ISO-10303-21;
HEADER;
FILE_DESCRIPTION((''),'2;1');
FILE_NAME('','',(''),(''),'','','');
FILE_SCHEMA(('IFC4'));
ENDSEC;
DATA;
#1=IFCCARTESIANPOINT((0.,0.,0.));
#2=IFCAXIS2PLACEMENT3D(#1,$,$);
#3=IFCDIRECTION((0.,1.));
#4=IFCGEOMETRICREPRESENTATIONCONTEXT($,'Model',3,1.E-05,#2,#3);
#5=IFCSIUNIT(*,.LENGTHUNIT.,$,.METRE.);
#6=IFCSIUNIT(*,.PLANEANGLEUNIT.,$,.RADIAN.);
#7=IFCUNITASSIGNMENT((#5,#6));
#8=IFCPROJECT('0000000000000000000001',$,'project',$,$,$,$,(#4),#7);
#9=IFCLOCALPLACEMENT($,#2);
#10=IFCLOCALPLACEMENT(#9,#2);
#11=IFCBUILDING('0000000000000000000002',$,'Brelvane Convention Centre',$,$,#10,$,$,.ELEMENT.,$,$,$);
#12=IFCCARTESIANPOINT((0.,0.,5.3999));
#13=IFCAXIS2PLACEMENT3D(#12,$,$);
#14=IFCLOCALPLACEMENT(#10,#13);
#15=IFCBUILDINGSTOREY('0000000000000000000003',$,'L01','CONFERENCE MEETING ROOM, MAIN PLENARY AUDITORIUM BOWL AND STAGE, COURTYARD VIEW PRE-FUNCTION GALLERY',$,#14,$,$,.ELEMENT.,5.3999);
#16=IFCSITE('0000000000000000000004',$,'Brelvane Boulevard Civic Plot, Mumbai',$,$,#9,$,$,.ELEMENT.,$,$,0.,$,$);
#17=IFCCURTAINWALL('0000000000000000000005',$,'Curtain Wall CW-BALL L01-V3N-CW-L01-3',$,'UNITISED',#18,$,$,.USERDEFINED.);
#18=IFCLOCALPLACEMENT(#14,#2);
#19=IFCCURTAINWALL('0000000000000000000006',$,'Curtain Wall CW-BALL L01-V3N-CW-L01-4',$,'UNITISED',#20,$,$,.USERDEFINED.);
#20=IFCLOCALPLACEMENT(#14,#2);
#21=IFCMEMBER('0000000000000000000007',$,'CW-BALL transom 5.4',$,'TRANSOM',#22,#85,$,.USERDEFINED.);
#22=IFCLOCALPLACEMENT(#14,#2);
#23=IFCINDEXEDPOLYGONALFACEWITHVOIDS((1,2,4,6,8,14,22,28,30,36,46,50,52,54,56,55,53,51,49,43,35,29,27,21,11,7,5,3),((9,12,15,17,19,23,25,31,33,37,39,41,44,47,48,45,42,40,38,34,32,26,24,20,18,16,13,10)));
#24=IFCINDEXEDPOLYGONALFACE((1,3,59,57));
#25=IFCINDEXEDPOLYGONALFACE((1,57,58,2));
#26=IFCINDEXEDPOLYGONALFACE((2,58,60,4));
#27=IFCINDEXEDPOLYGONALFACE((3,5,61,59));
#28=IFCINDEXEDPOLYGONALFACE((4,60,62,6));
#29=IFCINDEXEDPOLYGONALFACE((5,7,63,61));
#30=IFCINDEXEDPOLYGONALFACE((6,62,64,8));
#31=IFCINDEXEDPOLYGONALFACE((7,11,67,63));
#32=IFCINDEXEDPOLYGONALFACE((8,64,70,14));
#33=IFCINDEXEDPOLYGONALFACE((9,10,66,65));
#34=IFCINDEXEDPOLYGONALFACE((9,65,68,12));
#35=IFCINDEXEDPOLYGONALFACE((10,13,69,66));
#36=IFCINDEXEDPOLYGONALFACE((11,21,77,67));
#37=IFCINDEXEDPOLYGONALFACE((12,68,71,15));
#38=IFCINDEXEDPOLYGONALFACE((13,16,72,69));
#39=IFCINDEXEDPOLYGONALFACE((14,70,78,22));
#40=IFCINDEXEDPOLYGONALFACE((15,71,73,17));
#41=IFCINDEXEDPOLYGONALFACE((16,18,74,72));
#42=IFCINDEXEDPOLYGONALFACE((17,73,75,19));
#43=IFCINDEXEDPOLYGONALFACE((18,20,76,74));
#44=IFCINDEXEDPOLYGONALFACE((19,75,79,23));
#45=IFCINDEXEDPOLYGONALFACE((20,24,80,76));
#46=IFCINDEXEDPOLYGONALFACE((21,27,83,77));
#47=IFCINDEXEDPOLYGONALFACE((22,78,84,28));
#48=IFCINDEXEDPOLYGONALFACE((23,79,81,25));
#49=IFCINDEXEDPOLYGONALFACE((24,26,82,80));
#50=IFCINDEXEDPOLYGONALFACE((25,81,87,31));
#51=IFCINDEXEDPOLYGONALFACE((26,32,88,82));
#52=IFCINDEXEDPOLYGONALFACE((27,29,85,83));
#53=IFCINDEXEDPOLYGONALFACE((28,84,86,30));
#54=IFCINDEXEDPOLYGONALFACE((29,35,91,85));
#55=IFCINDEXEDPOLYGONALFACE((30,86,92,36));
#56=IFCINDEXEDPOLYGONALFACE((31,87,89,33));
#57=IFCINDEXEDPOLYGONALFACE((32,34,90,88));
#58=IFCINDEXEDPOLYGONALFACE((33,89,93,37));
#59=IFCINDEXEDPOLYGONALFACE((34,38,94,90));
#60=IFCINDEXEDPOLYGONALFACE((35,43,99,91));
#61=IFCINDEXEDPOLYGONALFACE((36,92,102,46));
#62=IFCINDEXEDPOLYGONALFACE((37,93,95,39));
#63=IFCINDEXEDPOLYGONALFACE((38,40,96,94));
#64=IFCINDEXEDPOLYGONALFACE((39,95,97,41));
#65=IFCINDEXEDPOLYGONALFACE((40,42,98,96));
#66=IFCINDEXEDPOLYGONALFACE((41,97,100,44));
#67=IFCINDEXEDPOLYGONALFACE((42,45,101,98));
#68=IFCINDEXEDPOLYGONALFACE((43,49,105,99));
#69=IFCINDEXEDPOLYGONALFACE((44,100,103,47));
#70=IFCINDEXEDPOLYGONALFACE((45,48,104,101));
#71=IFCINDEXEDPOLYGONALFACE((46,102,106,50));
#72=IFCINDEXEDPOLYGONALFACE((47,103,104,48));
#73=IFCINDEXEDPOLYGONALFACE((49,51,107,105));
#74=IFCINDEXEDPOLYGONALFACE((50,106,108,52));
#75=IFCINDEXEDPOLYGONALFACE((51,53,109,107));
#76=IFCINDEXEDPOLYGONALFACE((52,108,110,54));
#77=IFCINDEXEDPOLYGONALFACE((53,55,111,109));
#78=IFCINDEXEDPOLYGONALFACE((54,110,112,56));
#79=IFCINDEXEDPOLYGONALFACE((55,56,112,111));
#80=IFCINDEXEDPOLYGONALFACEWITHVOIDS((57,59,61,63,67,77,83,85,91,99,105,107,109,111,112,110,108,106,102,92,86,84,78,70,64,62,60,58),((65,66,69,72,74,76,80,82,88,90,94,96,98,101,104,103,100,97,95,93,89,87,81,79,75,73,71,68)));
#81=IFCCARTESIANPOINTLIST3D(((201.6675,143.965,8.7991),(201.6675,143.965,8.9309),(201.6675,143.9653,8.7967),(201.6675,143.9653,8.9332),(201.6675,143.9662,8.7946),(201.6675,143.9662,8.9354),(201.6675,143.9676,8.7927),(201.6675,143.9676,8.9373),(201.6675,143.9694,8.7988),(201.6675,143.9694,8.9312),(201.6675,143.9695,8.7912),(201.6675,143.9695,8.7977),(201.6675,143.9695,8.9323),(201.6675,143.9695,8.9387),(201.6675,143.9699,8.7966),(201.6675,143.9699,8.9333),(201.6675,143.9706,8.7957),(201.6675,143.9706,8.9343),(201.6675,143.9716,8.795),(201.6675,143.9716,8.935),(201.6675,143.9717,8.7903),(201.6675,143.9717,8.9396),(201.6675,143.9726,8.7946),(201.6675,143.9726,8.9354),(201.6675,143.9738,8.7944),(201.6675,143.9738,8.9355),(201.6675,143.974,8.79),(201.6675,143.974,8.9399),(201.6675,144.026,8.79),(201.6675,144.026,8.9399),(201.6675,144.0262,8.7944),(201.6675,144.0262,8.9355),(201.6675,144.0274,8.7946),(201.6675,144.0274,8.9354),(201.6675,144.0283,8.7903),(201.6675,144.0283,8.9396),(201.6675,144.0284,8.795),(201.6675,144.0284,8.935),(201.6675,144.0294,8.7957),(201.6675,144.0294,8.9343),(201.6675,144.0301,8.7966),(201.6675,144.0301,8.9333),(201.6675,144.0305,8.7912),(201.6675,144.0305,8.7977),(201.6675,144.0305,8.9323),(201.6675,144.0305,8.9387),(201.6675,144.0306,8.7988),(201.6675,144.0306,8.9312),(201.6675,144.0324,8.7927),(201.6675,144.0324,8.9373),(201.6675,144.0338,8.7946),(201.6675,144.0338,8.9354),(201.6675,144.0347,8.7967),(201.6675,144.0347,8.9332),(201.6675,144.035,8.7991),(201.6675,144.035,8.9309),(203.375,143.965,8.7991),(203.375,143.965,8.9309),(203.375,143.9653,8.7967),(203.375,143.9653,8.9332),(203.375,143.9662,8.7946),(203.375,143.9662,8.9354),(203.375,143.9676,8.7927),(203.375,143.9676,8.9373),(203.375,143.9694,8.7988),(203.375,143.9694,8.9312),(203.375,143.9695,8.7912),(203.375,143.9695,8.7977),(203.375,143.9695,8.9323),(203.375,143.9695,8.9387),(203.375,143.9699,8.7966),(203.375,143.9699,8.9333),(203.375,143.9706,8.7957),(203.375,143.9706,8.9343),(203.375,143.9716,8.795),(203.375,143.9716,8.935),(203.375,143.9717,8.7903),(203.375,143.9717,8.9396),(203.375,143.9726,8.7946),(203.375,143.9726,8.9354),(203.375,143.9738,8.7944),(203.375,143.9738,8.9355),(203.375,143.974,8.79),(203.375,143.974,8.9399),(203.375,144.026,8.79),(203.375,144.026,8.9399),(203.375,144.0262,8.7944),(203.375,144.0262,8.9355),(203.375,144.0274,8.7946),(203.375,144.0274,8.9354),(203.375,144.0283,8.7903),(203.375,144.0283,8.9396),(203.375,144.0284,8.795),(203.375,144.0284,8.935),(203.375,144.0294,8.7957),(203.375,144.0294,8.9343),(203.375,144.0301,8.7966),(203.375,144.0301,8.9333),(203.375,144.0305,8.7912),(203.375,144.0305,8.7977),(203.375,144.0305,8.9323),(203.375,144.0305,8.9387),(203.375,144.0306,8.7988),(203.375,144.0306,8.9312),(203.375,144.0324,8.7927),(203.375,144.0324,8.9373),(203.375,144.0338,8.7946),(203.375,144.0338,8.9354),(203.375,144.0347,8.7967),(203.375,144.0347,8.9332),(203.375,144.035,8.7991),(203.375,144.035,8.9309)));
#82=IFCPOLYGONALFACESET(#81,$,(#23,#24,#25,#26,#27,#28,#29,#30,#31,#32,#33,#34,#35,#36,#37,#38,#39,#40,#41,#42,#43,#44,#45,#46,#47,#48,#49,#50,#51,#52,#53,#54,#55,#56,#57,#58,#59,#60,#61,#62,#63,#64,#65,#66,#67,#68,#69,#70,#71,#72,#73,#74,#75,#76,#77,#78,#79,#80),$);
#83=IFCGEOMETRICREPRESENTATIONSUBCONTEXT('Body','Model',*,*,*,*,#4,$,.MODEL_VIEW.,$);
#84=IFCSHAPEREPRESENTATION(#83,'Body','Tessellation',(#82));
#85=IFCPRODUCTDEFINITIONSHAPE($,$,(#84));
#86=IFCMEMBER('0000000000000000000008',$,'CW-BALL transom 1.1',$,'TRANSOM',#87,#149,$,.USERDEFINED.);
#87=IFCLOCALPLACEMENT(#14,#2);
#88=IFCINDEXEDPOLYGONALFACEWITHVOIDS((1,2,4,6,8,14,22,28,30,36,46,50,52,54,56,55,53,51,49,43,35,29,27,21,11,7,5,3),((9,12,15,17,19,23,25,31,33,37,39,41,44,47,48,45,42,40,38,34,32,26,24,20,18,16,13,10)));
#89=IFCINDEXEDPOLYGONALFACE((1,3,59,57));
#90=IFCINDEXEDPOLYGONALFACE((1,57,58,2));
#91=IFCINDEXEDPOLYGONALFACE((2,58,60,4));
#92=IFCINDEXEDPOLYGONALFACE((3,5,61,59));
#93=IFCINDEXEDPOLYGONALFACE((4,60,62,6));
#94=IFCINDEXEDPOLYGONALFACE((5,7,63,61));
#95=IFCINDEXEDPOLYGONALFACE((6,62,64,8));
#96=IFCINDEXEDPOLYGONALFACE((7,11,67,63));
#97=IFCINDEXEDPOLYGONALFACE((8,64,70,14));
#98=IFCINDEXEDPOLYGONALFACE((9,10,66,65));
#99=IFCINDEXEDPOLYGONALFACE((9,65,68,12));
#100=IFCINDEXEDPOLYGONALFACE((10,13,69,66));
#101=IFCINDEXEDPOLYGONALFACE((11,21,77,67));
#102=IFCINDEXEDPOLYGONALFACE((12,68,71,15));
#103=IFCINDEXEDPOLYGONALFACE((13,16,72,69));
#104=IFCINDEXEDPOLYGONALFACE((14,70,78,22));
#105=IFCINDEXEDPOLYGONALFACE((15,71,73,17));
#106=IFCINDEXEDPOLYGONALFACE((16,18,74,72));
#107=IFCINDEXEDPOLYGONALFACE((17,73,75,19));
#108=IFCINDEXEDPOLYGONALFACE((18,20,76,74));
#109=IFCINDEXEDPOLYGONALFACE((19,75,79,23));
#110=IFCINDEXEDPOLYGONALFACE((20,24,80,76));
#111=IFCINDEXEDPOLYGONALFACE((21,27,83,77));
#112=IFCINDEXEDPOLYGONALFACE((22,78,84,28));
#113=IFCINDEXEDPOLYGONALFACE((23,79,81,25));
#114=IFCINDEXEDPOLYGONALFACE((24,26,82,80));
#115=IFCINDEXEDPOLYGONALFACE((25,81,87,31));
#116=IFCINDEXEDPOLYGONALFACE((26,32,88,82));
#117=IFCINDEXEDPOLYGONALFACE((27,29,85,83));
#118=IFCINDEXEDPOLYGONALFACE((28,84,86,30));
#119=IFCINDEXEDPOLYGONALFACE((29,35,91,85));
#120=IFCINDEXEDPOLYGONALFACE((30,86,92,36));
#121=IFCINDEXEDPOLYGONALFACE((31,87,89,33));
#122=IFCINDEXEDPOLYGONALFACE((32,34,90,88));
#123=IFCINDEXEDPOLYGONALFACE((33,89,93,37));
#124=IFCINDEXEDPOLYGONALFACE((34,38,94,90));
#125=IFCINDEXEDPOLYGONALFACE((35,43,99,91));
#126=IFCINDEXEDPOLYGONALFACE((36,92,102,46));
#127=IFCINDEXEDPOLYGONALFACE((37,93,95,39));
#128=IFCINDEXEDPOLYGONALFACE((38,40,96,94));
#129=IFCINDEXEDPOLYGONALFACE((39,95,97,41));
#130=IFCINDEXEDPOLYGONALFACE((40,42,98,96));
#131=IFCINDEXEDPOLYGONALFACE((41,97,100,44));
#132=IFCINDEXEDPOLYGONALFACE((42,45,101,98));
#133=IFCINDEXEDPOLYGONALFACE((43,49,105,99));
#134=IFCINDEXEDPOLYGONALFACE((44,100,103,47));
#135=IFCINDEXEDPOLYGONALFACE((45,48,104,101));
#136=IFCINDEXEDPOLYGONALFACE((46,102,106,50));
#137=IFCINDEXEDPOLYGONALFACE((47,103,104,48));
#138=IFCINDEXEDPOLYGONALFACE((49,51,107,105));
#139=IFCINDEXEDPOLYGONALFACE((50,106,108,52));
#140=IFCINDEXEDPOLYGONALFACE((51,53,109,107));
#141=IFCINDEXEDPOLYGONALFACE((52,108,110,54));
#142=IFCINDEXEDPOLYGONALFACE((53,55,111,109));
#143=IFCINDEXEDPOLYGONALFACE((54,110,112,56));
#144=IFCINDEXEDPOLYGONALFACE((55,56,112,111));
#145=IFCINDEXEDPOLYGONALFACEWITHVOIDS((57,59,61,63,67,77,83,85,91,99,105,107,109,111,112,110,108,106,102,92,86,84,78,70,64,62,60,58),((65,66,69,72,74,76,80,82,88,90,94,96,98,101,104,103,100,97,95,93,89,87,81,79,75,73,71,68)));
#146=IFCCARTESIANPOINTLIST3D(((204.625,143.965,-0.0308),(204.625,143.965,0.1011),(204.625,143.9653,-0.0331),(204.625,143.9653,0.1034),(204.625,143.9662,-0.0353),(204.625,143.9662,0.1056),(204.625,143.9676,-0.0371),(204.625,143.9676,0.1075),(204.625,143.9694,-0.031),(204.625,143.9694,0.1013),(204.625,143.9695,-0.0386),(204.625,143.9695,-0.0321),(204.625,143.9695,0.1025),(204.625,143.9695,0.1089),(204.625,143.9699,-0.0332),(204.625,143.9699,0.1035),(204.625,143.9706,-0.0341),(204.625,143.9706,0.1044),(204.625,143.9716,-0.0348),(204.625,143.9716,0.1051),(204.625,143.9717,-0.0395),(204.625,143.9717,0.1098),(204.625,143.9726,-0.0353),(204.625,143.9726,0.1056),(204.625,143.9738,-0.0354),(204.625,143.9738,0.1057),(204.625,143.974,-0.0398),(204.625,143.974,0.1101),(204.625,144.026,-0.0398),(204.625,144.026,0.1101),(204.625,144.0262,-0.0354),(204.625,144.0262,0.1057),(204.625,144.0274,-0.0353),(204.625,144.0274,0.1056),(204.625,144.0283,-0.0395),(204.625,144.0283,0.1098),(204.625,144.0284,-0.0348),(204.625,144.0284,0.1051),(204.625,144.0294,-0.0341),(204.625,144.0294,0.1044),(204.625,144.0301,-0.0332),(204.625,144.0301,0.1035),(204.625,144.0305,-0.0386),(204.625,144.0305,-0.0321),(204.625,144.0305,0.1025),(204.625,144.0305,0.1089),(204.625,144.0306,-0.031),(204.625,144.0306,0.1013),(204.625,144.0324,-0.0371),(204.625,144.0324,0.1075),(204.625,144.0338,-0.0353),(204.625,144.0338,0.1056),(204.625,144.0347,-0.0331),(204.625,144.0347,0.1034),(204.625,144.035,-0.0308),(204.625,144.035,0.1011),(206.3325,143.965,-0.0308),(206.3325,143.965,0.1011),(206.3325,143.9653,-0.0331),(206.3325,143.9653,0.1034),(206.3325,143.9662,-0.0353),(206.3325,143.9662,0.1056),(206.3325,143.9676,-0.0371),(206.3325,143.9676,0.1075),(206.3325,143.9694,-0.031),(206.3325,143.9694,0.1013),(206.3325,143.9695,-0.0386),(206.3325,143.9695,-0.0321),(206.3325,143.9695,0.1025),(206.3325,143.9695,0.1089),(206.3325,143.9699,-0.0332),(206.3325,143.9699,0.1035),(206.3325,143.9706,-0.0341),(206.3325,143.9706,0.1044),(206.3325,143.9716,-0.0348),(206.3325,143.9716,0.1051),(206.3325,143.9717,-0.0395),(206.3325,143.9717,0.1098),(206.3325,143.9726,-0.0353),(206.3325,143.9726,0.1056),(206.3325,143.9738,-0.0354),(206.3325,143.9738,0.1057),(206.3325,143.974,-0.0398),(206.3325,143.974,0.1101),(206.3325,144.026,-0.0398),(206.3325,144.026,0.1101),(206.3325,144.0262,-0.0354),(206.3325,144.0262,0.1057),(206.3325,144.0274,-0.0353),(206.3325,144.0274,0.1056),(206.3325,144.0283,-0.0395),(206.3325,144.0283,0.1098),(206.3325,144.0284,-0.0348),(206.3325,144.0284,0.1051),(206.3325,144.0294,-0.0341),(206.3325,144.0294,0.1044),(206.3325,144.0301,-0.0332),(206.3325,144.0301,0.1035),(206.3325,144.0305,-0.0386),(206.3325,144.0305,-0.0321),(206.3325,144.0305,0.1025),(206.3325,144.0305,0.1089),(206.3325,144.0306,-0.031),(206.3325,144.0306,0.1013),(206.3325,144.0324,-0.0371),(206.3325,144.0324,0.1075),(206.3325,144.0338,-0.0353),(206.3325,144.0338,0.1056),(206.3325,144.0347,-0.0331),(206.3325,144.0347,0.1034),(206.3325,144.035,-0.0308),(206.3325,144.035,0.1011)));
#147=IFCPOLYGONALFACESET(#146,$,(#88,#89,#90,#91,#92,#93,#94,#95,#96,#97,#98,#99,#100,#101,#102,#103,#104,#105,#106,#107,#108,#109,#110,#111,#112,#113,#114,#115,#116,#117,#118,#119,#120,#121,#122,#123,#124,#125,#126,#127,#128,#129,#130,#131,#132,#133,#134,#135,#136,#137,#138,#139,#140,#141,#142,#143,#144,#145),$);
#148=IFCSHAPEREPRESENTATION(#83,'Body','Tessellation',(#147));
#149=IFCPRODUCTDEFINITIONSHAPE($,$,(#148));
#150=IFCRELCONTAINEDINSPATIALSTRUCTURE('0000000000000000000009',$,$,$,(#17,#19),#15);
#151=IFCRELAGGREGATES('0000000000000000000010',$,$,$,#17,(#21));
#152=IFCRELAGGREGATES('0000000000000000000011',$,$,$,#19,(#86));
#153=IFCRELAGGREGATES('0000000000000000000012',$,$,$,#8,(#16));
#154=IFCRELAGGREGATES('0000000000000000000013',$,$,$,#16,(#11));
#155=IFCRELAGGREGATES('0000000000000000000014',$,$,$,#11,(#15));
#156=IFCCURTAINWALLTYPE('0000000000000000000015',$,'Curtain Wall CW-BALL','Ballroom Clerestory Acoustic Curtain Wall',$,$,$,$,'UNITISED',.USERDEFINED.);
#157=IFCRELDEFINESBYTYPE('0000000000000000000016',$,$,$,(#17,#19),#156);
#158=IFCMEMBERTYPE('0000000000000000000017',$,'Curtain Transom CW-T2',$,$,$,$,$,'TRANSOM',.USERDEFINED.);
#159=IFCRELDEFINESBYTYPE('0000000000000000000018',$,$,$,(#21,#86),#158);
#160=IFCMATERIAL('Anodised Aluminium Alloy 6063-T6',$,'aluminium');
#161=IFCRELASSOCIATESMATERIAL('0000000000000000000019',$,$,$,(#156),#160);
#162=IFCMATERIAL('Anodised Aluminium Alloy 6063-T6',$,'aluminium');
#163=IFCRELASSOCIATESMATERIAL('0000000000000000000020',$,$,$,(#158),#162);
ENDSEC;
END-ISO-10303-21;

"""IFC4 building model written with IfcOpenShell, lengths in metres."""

from ifc_helpers import new_model, si_unit, direction, frame, origin, origin_2d, place, context, subcontext, project, spatial, hollow_rectangle, extrude, material, material_profile, profile_set, type_object, element, aggregate, save


model = new_model("IFC4")

# Units and contexts
model_context = context("Model", 3, precision=1e-05, world=origin(), true_north=direction((0.0, 1.0)))
body_context = subcontext(model_context, "Body", "Model", "MODEL_VIEW")
ifc_project = project(units=[si_unit("LENGTHUNIT", "METRE"), si_unit("PLANEANGLEUNIT", "RADIAN")], contexts=[model_context])

# Site, building, storey
site_placement = place(None, origin())
site = spatial("IfcSite", under=ifc_project, at=site_placement, Name="Brelvane Boulevard Civic Plot, Mumbai", CompositionType="ELEMENT", RefElevation=0.0)
building_placement = place(site_placement, origin())
building = spatial("IfcBuilding", under=site, at=building_placement, Name="Brelvane Convention Centre", CompositionType="ELEMENT")
storey_placement = place(building_placement, frame((0.0, 0.0, 5.3999)))
storey = spatial("IfcBuildingStorey", under=building, at=storey_placement, Name="L01", Description="CONFERENCE MEETING ROOM, MAIN PLENARY AUDITORIUM BOWL AND STAGE, COURTYARD VIEW PRE-FUNCTION GALLERY", CompositionType="ELEMENT", Elevation=5.3999)

# Curtain walls
ifc_material_1 = material(Name="Anodised Aluminium Alloy 6063-T6", Category="aluminium")
curtain_wall_type = type_object("IfcCurtainWallType", Name="Curtain Wall CW-BALL", Description="Ballroom Clerestory Acoustic Curtain Wall", ElementType="UNITISED", PredefinedType="USERDEFINED", material=ifc_material_1)
curtain_wall_1_placement = place(storey_placement, origin())
curtain_wall_1 = element("IfcCurtainWall", 1, at=curtain_wall_1_placement, inside=storey, type_object=curtain_wall_type, Name="Curtain Wall CW-BALL L01-V3N-CW-L01-3", ObjectType="UNITISED", PredefinedType="USERDEFINED")
curtain_wall_2_placement = place(storey_placement, origin())
curtain_wall_2 = element("IfcCurtainWall", 2, at=curtain_wall_2_placement, inside=storey, type_object=curtain_wall_type, Name="Curtain Wall CW-BALL L01-V3N-CW-L01-4", ObjectType="UNITISED", PredefinedType="USERDEFINED")

# Members
ifc_material_2 = material(Name="Anodised Aluminium Alloy 6063-T6", Category="aluminium")
ifc_material_profile_1 = material_profile(ifc_material_2, hollow_rectangle(XDim=0.0701, YDim=0.1499, WallThickness=0.0044, InnerFilletRadius=0.0044, OuterFilletRadius=0.009, at=origin_2d()), Name="ALU-T 150x70x4.5")
ifc_profile_set_1 = profile_set([ifc_material_profile_1], Name="Anodised Aluminium Alloy 6063-T6")
member_type_1 = type_object("IfcMemberType", Name="Curtain Transom CW-T2", ElementType="TRANSOM", PredefinedType="USERDEFINED", material=ifc_profile_set_1)
member_1_placement = place(storey_placement, frame((201.6675, 144.0, 8.865), z_axis=(1.0, 0.0, 0.0), x_axis=(0.0, 1.0, 0.0)))
member_1 = element("IfcMember", 3, at=member_1_placement, type_object=member_type_1, Name="CW-BALL transom 5.4", ObjectType="TRANSOM", PredefinedType="USERDEFINED", context=body_context, shape_type="SweptSolid", body=[
    extrude(hollow_rectangle(XDim=0.0701, YDim=0.1499, WallThickness=0.0044, InnerFilletRadius=0.0044, OuterFilletRadius=0.009, at=origin_2d()), origin(), (0.0, 0.0, 1.0), 1.7075),
])
member_2_placement = place(storey_placement, frame((204.625, 144.0, 0.0352), z_axis=(1.0, 0.0, 0.0), x_axis=(0.0, 1.0, 0.0)))
member_2 = element("IfcMember", 4, at=member_2_placement, type_object=member_type_1, Name="CW-BALL transom 1.1", ObjectType="TRANSOM", PredefinedType="USERDEFINED", context=body_context, shape_type="SweptSolid", body=[
    extrude(hollow_rectangle(XDim=0.0701, YDim=0.1499, WallThickness=0.0044, InnerFilletRadius=0.0044, OuterFilletRadius=0.009, at=origin_2d()), origin(), (0.0, 0.0, 1.0), 1.7075),
])

aggregate(curtain_wall_1, [member_1])
aggregate(curtain_wall_2, [member_2])

save(model, "model.ifc")
